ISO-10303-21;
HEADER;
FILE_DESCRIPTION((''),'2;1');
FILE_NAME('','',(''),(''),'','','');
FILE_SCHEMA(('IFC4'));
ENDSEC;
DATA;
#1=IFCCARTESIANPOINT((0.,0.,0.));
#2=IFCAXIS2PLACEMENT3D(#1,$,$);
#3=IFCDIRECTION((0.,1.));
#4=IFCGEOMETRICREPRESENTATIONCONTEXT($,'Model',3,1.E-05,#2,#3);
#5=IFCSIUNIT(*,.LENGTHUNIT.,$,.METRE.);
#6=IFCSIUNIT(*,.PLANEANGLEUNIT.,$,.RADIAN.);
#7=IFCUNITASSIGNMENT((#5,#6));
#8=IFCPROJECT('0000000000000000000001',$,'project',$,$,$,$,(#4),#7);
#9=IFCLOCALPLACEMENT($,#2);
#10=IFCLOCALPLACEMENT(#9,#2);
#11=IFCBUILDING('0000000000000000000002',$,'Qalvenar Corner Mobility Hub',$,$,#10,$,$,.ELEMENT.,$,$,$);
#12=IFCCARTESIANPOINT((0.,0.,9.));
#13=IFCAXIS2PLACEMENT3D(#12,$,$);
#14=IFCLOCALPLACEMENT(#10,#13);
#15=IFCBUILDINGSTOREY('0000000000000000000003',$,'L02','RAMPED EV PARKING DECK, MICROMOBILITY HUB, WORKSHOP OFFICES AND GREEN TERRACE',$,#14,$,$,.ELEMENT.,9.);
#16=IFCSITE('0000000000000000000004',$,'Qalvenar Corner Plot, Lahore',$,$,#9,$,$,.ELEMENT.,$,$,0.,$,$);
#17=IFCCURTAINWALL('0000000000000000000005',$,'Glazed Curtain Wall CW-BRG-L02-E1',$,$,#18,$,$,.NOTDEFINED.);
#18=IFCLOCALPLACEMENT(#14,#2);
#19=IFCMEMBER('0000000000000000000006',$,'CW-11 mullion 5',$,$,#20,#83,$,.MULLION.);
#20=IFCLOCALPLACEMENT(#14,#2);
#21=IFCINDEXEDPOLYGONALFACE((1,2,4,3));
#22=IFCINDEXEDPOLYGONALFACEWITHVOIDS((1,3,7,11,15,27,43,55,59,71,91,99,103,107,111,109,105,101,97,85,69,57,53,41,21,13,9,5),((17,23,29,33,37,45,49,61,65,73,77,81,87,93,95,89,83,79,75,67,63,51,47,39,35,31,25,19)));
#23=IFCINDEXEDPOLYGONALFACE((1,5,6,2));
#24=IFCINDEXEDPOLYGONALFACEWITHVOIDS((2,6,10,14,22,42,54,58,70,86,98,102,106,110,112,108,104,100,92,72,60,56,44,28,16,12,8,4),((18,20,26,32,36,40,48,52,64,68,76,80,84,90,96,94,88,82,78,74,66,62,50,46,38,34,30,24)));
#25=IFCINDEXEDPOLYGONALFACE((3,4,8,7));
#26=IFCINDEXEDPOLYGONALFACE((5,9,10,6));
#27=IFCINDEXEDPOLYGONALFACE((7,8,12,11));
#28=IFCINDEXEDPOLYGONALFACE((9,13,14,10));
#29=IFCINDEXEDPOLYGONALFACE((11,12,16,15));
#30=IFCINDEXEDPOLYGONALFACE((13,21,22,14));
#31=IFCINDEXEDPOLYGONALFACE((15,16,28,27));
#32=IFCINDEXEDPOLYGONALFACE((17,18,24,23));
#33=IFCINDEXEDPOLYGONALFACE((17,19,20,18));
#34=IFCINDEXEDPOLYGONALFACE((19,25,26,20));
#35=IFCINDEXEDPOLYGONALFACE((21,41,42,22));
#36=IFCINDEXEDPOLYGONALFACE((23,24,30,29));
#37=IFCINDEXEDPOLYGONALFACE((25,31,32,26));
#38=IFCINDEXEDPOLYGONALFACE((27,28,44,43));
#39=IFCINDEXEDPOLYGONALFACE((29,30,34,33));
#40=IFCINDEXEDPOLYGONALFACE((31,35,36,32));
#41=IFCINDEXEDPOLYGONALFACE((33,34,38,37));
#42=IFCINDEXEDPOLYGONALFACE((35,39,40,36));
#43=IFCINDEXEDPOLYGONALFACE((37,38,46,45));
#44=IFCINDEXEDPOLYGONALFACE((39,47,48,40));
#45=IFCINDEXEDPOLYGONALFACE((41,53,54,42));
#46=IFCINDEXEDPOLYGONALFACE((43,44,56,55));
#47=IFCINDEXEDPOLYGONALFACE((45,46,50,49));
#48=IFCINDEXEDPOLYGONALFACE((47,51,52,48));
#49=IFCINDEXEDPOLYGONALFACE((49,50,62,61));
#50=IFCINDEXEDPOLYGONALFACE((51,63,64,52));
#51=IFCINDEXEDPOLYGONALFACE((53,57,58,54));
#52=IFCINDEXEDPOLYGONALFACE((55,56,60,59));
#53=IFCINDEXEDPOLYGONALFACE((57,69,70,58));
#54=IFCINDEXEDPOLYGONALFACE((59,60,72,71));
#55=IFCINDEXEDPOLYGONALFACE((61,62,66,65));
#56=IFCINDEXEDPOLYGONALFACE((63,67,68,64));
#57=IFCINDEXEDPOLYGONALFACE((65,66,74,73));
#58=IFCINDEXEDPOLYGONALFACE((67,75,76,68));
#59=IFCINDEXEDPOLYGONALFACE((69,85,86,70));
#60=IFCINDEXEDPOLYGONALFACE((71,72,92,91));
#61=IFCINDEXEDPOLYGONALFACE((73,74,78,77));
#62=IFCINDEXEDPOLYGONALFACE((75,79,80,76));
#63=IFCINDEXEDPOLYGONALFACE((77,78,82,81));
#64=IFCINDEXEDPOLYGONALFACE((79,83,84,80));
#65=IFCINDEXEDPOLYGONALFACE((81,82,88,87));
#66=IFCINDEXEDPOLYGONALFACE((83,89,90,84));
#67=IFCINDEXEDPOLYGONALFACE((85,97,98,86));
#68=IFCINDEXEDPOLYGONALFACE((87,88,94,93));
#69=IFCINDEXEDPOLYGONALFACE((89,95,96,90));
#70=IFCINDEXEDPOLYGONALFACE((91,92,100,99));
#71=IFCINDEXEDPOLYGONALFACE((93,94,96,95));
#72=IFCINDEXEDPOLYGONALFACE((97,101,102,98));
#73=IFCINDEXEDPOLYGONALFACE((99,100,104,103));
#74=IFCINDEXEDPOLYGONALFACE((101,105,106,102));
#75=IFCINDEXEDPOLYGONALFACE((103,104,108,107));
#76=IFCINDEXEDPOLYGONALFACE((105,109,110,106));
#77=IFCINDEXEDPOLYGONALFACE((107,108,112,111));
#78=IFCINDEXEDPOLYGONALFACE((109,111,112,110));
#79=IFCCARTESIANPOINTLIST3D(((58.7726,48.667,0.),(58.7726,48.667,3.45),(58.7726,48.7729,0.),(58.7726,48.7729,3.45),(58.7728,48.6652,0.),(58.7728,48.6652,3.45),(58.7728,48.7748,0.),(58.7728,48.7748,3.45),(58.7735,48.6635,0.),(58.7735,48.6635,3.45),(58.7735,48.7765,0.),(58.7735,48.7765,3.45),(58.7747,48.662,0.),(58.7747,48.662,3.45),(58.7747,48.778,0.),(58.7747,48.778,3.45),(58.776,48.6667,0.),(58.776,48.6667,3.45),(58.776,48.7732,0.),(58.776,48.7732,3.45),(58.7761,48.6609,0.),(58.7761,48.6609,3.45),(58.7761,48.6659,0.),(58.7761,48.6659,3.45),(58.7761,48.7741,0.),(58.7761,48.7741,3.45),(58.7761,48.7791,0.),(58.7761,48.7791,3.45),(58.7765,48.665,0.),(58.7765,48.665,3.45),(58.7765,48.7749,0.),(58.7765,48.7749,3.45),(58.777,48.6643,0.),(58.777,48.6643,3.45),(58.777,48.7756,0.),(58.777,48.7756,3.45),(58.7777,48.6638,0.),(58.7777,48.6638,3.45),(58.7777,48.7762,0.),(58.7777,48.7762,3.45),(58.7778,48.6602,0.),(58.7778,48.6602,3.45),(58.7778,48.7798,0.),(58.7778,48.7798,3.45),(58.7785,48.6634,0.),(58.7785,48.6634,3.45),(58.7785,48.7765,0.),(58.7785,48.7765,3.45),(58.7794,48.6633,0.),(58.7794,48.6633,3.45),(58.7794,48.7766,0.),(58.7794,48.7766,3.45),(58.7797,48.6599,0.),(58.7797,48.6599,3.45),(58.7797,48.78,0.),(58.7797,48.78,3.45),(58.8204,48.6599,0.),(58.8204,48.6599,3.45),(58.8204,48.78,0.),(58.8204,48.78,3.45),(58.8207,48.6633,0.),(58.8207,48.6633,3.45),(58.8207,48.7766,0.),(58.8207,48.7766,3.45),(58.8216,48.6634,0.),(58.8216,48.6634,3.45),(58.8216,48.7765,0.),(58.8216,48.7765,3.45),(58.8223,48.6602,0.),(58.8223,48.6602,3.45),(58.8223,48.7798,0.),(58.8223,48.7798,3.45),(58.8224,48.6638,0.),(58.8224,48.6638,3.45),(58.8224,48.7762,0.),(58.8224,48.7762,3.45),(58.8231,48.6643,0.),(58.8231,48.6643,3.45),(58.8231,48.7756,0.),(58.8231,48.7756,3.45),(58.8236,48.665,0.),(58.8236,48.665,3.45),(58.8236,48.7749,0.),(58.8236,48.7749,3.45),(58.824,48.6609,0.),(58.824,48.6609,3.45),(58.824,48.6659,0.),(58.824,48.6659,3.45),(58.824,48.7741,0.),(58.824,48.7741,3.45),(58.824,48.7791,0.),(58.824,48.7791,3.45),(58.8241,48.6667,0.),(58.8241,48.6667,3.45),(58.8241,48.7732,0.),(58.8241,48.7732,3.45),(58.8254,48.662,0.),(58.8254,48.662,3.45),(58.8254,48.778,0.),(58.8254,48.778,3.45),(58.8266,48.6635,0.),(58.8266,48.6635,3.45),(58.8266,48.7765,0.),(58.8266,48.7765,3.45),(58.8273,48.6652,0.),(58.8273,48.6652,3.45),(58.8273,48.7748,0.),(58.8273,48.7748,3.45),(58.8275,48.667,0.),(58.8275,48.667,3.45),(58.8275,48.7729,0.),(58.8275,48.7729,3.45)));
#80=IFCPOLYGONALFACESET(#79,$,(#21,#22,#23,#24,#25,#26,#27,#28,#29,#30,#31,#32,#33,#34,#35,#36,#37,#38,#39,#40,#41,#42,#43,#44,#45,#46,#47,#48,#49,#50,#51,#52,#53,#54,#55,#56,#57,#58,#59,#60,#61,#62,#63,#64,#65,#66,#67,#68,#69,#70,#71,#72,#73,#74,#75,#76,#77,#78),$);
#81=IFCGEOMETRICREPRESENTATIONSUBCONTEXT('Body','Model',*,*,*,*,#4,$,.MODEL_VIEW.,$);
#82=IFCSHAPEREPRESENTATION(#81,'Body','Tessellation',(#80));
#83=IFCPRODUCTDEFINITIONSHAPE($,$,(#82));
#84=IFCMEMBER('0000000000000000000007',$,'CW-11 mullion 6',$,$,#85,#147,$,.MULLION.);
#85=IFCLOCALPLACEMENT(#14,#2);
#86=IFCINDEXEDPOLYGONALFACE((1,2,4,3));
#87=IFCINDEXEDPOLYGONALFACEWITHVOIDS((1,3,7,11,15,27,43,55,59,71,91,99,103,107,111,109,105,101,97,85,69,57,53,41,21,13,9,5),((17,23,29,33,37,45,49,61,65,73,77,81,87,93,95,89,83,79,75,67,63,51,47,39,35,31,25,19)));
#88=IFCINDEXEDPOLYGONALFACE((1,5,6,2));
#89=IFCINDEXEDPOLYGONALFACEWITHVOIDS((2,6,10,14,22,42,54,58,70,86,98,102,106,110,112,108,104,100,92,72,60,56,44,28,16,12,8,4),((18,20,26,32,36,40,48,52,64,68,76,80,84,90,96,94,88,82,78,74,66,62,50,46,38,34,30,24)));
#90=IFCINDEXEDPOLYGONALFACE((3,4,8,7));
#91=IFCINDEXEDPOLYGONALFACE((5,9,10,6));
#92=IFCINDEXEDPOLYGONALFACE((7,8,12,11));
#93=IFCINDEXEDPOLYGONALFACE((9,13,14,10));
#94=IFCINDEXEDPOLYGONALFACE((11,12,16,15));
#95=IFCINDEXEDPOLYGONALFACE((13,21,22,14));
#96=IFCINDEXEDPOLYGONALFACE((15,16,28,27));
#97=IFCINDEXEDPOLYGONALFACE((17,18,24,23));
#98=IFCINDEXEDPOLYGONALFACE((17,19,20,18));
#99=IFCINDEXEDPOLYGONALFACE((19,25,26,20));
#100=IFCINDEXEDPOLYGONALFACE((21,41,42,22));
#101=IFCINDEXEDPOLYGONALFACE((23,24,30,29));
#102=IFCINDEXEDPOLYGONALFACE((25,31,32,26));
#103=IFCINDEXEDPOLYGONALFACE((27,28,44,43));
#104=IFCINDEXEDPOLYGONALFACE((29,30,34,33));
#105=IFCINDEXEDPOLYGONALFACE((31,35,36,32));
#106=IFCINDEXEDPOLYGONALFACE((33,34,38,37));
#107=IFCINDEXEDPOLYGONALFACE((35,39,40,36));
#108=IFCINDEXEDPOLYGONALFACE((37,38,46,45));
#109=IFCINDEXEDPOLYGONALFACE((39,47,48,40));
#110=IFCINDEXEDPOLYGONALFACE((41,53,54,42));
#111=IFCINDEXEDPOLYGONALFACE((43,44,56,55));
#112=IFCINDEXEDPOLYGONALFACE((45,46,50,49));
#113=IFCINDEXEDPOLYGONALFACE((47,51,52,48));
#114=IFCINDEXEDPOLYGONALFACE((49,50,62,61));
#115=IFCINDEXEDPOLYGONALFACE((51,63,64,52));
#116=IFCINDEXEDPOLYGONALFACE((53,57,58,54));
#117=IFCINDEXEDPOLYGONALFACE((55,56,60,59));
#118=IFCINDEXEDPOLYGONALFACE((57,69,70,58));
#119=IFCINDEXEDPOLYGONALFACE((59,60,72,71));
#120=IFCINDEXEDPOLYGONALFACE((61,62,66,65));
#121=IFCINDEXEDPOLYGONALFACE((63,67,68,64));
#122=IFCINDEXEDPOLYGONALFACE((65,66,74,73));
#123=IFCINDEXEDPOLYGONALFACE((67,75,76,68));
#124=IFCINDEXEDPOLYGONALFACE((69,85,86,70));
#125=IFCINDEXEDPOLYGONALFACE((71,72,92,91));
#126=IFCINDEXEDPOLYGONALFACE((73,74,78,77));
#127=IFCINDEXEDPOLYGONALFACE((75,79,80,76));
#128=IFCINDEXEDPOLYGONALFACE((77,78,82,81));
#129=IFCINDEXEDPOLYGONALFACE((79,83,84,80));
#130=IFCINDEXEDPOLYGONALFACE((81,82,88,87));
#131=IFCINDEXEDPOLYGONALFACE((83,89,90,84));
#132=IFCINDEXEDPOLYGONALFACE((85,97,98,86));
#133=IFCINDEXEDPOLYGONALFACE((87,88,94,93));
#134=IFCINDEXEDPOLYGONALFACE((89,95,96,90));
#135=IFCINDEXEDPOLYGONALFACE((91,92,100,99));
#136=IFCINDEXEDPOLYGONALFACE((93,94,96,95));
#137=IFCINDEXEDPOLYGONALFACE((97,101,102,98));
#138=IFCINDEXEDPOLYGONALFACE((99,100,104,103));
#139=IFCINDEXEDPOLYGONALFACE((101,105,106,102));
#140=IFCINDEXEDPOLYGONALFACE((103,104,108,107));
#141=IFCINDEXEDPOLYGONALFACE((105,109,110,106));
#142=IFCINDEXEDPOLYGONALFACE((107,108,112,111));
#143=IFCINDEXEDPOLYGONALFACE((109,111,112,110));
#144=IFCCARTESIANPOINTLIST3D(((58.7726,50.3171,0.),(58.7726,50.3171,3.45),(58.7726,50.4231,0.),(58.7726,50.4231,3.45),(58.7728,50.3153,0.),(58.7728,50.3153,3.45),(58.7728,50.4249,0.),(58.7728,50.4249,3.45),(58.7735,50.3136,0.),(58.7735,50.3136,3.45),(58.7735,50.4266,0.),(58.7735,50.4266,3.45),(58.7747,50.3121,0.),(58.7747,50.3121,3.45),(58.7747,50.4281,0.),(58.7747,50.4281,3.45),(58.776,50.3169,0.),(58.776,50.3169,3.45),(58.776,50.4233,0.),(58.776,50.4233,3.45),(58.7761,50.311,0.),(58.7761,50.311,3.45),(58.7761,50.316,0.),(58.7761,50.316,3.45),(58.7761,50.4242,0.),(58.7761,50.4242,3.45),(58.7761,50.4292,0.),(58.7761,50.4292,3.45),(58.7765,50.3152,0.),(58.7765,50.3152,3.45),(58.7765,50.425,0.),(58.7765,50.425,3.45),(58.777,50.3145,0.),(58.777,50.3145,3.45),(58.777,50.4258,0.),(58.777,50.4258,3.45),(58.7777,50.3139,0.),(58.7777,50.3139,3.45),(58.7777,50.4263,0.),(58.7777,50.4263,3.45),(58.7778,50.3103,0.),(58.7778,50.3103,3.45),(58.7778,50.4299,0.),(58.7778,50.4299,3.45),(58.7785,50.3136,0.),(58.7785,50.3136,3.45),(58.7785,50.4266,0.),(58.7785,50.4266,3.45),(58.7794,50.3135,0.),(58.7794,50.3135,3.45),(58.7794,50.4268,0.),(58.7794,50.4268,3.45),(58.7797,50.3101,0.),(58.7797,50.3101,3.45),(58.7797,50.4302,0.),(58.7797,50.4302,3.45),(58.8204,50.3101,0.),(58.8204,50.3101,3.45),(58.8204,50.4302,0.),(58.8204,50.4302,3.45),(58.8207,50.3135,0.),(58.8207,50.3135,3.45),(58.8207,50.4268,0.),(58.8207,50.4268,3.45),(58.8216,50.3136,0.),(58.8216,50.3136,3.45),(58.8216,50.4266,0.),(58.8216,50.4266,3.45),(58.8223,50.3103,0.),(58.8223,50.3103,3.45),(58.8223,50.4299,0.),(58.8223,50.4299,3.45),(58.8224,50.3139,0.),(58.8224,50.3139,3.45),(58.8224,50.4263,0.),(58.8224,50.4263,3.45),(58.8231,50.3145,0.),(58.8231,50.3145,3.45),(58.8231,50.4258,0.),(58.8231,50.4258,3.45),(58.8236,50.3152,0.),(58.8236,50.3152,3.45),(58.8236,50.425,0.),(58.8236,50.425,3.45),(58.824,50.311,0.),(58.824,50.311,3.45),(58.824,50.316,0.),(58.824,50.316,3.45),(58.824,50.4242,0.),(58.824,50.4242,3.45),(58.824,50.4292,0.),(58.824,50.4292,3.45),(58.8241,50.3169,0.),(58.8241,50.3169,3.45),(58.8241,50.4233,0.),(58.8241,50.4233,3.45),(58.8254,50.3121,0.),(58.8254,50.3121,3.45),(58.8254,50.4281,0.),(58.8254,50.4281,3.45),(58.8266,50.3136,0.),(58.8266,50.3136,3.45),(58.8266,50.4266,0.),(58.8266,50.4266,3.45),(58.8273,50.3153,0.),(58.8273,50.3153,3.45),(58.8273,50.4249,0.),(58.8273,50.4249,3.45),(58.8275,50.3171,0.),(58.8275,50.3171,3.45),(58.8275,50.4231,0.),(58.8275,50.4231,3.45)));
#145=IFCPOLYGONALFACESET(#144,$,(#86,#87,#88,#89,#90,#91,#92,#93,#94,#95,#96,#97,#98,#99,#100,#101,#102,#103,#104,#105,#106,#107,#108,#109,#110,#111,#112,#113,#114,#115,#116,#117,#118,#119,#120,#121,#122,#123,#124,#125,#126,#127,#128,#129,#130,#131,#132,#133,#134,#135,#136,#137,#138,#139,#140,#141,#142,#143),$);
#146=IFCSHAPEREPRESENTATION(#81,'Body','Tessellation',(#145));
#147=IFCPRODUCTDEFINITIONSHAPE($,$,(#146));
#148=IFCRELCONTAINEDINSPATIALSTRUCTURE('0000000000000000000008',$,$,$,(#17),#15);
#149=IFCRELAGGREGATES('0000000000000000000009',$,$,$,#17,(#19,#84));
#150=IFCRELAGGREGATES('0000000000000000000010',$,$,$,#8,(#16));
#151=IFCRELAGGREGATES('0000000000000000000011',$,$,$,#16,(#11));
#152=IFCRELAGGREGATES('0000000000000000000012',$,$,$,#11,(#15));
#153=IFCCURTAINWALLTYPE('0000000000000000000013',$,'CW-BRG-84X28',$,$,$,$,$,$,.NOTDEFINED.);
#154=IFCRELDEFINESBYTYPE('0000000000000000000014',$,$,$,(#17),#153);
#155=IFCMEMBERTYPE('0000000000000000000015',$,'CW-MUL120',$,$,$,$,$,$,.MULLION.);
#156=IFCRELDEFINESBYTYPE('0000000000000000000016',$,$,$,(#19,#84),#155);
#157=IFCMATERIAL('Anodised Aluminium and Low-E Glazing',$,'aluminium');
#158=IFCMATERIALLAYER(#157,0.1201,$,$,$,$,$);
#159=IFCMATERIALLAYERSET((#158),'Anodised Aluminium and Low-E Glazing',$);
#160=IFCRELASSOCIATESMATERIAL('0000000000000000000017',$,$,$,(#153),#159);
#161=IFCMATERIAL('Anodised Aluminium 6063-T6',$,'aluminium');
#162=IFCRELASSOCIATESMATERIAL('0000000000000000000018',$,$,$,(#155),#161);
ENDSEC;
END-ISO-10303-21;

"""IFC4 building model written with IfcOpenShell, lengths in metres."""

from ifc_helpers import new_model, si_unit, direction, frame, origin, origin_2d, place, context, subcontext, project, spatial, hollow_rectangle, extrude, material, layer, layer_set, material_profile, profile_set, type_object, element, aggregate, save


model = new_model("IFC4")

# Units and contexts
model_context = context("Model", 3, precision=1e-05, world=origin(), true_north=direction((0.0, 1.0)))
body_context = subcontext(model_context, "Body", "Model", "MODEL_VIEW")
ifc_project = project(units=[si_unit("LENGTHUNIT", "METRE"), si_unit("PLANEANGLEUNIT", "RADIAN")], contexts=[model_context])

# Site, building, storey
site_placement = place(None, origin())
site = spatial("IfcSite", under=ifc_project, at=site_placement, Name="Qalvenar Corner Plot, Lahore", CompositionType="ELEMENT", RefElevation=0.0)
building_placement = place(site_placement, origin())
building = spatial("IfcBuilding", under=site, at=building_placement, Name="Qalvenar Corner Mobility Hub", CompositionType="ELEMENT")
storey_placement = place(building_placement, frame((0.0, 0.0, 9.0)))
storey = spatial("IfcBuildingStorey", under=building, at=storey_placement, Name="L02", Description="RAMPED EV PARKING DECK, MICROMOBILITY HUB, WORKSHOP OFFICES AND GREEN TERRACE", CompositionType="ELEMENT", Elevation=9.0)

# Shared definitions
ifc_material_1 = material(Name="Anodised Aluminium and Low-E Glazing", Category="aluminium")
ifc_layer_1 = layer(ifc_material_1, 0.1201)
ifc_layer_set_1 = layer_set([ifc_layer_1], Name="Anodised Aluminium and Low-E Glazing")
curtain_wall_type = type_object("IfcCurtainWallType", Name="CW-BRG-84X28", PredefinedType="NOTDEFINED", material=ifc_layer_set_1)
ifc_material_2 = material(Name="Anodised Aluminium 6063-T6", Category="aluminium")
ifc_material_profile_1 = material_profile(ifc_material_2, hollow_rectangle(XDim=0.0549, YDim=0.1201, WallThickness=0.0034, InnerFilletRadius=0.0034, OuterFilletRadius=0.0071, at=origin_2d()), Name="RHS120x55x3.5")
ifc_profile_set_1 = profile_set([ifc_material_profile_1], Name="Anodised Aluminium 6063-T6")
member_type_1 = type_object("IfcMemberType", Name="CW-MUL120", PredefinedType="MULLION", material=ifc_profile_set_1)

# Curtain wall, members
curtain_wall_1_placement = place(storey_placement, origin())
curtain_wall_1 = element("IfcCurtainWall", 1, at=curtain_wall_1_placement, inside=storey, type_object=curtain_wall_type, Name="Glazed Curtain Wall CW-BRG-L02-E1", PredefinedType="NOTDEFINED")
member_1_placement = place(storey_placement, frame((58.8, 48.72, 0.0), z_axis=(0.0, 0.0, 1.0), x_axis=(-1.0, 0.0, 0.0)))
member_1 = element("IfcMember", 2, at=member_1_placement, type_object=member_type_1, Name="CW-11 mullion 5", PredefinedType="MULLION", context=body_context, shape_type="SweptSolid", body=[
    extrude(hollow_rectangle(XDim=0.0549, YDim=0.1201, WallThickness=0.0034, InnerFilletRadius=0.0034, OuterFilletRadius=0.0071, at=origin_2d()), origin(), (0.0, 0.0, 1.0), 3.45),
])
member_2_placement = place(storey_placement, frame((58.8, 50.3701, 0.0), z_axis=(0.0, 0.0, 1.0), x_axis=(-1.0, 0.0, 0.0)))
member_2 = element("IfcMember", 3, at=member_2_placement, type_object=member_type_1, Name="CW-11 mullion 6", PredefinedType="MULLION", context=body_context, shape_type="SweptSolid", body=[
    extrude(hollow_rectangle(XDim=0.0549, YDim=0.1201, WallThickness=0.0034, InnerFilletRadius=0.0034, OuterFilletRadius=0.0071, at=origin_2d()), origin(), (0.0, 0.0, 1.0), 3.45),
])

aggregate(curtain_wall_1, [member_1, member_2])

save(model, "model.ifc")
